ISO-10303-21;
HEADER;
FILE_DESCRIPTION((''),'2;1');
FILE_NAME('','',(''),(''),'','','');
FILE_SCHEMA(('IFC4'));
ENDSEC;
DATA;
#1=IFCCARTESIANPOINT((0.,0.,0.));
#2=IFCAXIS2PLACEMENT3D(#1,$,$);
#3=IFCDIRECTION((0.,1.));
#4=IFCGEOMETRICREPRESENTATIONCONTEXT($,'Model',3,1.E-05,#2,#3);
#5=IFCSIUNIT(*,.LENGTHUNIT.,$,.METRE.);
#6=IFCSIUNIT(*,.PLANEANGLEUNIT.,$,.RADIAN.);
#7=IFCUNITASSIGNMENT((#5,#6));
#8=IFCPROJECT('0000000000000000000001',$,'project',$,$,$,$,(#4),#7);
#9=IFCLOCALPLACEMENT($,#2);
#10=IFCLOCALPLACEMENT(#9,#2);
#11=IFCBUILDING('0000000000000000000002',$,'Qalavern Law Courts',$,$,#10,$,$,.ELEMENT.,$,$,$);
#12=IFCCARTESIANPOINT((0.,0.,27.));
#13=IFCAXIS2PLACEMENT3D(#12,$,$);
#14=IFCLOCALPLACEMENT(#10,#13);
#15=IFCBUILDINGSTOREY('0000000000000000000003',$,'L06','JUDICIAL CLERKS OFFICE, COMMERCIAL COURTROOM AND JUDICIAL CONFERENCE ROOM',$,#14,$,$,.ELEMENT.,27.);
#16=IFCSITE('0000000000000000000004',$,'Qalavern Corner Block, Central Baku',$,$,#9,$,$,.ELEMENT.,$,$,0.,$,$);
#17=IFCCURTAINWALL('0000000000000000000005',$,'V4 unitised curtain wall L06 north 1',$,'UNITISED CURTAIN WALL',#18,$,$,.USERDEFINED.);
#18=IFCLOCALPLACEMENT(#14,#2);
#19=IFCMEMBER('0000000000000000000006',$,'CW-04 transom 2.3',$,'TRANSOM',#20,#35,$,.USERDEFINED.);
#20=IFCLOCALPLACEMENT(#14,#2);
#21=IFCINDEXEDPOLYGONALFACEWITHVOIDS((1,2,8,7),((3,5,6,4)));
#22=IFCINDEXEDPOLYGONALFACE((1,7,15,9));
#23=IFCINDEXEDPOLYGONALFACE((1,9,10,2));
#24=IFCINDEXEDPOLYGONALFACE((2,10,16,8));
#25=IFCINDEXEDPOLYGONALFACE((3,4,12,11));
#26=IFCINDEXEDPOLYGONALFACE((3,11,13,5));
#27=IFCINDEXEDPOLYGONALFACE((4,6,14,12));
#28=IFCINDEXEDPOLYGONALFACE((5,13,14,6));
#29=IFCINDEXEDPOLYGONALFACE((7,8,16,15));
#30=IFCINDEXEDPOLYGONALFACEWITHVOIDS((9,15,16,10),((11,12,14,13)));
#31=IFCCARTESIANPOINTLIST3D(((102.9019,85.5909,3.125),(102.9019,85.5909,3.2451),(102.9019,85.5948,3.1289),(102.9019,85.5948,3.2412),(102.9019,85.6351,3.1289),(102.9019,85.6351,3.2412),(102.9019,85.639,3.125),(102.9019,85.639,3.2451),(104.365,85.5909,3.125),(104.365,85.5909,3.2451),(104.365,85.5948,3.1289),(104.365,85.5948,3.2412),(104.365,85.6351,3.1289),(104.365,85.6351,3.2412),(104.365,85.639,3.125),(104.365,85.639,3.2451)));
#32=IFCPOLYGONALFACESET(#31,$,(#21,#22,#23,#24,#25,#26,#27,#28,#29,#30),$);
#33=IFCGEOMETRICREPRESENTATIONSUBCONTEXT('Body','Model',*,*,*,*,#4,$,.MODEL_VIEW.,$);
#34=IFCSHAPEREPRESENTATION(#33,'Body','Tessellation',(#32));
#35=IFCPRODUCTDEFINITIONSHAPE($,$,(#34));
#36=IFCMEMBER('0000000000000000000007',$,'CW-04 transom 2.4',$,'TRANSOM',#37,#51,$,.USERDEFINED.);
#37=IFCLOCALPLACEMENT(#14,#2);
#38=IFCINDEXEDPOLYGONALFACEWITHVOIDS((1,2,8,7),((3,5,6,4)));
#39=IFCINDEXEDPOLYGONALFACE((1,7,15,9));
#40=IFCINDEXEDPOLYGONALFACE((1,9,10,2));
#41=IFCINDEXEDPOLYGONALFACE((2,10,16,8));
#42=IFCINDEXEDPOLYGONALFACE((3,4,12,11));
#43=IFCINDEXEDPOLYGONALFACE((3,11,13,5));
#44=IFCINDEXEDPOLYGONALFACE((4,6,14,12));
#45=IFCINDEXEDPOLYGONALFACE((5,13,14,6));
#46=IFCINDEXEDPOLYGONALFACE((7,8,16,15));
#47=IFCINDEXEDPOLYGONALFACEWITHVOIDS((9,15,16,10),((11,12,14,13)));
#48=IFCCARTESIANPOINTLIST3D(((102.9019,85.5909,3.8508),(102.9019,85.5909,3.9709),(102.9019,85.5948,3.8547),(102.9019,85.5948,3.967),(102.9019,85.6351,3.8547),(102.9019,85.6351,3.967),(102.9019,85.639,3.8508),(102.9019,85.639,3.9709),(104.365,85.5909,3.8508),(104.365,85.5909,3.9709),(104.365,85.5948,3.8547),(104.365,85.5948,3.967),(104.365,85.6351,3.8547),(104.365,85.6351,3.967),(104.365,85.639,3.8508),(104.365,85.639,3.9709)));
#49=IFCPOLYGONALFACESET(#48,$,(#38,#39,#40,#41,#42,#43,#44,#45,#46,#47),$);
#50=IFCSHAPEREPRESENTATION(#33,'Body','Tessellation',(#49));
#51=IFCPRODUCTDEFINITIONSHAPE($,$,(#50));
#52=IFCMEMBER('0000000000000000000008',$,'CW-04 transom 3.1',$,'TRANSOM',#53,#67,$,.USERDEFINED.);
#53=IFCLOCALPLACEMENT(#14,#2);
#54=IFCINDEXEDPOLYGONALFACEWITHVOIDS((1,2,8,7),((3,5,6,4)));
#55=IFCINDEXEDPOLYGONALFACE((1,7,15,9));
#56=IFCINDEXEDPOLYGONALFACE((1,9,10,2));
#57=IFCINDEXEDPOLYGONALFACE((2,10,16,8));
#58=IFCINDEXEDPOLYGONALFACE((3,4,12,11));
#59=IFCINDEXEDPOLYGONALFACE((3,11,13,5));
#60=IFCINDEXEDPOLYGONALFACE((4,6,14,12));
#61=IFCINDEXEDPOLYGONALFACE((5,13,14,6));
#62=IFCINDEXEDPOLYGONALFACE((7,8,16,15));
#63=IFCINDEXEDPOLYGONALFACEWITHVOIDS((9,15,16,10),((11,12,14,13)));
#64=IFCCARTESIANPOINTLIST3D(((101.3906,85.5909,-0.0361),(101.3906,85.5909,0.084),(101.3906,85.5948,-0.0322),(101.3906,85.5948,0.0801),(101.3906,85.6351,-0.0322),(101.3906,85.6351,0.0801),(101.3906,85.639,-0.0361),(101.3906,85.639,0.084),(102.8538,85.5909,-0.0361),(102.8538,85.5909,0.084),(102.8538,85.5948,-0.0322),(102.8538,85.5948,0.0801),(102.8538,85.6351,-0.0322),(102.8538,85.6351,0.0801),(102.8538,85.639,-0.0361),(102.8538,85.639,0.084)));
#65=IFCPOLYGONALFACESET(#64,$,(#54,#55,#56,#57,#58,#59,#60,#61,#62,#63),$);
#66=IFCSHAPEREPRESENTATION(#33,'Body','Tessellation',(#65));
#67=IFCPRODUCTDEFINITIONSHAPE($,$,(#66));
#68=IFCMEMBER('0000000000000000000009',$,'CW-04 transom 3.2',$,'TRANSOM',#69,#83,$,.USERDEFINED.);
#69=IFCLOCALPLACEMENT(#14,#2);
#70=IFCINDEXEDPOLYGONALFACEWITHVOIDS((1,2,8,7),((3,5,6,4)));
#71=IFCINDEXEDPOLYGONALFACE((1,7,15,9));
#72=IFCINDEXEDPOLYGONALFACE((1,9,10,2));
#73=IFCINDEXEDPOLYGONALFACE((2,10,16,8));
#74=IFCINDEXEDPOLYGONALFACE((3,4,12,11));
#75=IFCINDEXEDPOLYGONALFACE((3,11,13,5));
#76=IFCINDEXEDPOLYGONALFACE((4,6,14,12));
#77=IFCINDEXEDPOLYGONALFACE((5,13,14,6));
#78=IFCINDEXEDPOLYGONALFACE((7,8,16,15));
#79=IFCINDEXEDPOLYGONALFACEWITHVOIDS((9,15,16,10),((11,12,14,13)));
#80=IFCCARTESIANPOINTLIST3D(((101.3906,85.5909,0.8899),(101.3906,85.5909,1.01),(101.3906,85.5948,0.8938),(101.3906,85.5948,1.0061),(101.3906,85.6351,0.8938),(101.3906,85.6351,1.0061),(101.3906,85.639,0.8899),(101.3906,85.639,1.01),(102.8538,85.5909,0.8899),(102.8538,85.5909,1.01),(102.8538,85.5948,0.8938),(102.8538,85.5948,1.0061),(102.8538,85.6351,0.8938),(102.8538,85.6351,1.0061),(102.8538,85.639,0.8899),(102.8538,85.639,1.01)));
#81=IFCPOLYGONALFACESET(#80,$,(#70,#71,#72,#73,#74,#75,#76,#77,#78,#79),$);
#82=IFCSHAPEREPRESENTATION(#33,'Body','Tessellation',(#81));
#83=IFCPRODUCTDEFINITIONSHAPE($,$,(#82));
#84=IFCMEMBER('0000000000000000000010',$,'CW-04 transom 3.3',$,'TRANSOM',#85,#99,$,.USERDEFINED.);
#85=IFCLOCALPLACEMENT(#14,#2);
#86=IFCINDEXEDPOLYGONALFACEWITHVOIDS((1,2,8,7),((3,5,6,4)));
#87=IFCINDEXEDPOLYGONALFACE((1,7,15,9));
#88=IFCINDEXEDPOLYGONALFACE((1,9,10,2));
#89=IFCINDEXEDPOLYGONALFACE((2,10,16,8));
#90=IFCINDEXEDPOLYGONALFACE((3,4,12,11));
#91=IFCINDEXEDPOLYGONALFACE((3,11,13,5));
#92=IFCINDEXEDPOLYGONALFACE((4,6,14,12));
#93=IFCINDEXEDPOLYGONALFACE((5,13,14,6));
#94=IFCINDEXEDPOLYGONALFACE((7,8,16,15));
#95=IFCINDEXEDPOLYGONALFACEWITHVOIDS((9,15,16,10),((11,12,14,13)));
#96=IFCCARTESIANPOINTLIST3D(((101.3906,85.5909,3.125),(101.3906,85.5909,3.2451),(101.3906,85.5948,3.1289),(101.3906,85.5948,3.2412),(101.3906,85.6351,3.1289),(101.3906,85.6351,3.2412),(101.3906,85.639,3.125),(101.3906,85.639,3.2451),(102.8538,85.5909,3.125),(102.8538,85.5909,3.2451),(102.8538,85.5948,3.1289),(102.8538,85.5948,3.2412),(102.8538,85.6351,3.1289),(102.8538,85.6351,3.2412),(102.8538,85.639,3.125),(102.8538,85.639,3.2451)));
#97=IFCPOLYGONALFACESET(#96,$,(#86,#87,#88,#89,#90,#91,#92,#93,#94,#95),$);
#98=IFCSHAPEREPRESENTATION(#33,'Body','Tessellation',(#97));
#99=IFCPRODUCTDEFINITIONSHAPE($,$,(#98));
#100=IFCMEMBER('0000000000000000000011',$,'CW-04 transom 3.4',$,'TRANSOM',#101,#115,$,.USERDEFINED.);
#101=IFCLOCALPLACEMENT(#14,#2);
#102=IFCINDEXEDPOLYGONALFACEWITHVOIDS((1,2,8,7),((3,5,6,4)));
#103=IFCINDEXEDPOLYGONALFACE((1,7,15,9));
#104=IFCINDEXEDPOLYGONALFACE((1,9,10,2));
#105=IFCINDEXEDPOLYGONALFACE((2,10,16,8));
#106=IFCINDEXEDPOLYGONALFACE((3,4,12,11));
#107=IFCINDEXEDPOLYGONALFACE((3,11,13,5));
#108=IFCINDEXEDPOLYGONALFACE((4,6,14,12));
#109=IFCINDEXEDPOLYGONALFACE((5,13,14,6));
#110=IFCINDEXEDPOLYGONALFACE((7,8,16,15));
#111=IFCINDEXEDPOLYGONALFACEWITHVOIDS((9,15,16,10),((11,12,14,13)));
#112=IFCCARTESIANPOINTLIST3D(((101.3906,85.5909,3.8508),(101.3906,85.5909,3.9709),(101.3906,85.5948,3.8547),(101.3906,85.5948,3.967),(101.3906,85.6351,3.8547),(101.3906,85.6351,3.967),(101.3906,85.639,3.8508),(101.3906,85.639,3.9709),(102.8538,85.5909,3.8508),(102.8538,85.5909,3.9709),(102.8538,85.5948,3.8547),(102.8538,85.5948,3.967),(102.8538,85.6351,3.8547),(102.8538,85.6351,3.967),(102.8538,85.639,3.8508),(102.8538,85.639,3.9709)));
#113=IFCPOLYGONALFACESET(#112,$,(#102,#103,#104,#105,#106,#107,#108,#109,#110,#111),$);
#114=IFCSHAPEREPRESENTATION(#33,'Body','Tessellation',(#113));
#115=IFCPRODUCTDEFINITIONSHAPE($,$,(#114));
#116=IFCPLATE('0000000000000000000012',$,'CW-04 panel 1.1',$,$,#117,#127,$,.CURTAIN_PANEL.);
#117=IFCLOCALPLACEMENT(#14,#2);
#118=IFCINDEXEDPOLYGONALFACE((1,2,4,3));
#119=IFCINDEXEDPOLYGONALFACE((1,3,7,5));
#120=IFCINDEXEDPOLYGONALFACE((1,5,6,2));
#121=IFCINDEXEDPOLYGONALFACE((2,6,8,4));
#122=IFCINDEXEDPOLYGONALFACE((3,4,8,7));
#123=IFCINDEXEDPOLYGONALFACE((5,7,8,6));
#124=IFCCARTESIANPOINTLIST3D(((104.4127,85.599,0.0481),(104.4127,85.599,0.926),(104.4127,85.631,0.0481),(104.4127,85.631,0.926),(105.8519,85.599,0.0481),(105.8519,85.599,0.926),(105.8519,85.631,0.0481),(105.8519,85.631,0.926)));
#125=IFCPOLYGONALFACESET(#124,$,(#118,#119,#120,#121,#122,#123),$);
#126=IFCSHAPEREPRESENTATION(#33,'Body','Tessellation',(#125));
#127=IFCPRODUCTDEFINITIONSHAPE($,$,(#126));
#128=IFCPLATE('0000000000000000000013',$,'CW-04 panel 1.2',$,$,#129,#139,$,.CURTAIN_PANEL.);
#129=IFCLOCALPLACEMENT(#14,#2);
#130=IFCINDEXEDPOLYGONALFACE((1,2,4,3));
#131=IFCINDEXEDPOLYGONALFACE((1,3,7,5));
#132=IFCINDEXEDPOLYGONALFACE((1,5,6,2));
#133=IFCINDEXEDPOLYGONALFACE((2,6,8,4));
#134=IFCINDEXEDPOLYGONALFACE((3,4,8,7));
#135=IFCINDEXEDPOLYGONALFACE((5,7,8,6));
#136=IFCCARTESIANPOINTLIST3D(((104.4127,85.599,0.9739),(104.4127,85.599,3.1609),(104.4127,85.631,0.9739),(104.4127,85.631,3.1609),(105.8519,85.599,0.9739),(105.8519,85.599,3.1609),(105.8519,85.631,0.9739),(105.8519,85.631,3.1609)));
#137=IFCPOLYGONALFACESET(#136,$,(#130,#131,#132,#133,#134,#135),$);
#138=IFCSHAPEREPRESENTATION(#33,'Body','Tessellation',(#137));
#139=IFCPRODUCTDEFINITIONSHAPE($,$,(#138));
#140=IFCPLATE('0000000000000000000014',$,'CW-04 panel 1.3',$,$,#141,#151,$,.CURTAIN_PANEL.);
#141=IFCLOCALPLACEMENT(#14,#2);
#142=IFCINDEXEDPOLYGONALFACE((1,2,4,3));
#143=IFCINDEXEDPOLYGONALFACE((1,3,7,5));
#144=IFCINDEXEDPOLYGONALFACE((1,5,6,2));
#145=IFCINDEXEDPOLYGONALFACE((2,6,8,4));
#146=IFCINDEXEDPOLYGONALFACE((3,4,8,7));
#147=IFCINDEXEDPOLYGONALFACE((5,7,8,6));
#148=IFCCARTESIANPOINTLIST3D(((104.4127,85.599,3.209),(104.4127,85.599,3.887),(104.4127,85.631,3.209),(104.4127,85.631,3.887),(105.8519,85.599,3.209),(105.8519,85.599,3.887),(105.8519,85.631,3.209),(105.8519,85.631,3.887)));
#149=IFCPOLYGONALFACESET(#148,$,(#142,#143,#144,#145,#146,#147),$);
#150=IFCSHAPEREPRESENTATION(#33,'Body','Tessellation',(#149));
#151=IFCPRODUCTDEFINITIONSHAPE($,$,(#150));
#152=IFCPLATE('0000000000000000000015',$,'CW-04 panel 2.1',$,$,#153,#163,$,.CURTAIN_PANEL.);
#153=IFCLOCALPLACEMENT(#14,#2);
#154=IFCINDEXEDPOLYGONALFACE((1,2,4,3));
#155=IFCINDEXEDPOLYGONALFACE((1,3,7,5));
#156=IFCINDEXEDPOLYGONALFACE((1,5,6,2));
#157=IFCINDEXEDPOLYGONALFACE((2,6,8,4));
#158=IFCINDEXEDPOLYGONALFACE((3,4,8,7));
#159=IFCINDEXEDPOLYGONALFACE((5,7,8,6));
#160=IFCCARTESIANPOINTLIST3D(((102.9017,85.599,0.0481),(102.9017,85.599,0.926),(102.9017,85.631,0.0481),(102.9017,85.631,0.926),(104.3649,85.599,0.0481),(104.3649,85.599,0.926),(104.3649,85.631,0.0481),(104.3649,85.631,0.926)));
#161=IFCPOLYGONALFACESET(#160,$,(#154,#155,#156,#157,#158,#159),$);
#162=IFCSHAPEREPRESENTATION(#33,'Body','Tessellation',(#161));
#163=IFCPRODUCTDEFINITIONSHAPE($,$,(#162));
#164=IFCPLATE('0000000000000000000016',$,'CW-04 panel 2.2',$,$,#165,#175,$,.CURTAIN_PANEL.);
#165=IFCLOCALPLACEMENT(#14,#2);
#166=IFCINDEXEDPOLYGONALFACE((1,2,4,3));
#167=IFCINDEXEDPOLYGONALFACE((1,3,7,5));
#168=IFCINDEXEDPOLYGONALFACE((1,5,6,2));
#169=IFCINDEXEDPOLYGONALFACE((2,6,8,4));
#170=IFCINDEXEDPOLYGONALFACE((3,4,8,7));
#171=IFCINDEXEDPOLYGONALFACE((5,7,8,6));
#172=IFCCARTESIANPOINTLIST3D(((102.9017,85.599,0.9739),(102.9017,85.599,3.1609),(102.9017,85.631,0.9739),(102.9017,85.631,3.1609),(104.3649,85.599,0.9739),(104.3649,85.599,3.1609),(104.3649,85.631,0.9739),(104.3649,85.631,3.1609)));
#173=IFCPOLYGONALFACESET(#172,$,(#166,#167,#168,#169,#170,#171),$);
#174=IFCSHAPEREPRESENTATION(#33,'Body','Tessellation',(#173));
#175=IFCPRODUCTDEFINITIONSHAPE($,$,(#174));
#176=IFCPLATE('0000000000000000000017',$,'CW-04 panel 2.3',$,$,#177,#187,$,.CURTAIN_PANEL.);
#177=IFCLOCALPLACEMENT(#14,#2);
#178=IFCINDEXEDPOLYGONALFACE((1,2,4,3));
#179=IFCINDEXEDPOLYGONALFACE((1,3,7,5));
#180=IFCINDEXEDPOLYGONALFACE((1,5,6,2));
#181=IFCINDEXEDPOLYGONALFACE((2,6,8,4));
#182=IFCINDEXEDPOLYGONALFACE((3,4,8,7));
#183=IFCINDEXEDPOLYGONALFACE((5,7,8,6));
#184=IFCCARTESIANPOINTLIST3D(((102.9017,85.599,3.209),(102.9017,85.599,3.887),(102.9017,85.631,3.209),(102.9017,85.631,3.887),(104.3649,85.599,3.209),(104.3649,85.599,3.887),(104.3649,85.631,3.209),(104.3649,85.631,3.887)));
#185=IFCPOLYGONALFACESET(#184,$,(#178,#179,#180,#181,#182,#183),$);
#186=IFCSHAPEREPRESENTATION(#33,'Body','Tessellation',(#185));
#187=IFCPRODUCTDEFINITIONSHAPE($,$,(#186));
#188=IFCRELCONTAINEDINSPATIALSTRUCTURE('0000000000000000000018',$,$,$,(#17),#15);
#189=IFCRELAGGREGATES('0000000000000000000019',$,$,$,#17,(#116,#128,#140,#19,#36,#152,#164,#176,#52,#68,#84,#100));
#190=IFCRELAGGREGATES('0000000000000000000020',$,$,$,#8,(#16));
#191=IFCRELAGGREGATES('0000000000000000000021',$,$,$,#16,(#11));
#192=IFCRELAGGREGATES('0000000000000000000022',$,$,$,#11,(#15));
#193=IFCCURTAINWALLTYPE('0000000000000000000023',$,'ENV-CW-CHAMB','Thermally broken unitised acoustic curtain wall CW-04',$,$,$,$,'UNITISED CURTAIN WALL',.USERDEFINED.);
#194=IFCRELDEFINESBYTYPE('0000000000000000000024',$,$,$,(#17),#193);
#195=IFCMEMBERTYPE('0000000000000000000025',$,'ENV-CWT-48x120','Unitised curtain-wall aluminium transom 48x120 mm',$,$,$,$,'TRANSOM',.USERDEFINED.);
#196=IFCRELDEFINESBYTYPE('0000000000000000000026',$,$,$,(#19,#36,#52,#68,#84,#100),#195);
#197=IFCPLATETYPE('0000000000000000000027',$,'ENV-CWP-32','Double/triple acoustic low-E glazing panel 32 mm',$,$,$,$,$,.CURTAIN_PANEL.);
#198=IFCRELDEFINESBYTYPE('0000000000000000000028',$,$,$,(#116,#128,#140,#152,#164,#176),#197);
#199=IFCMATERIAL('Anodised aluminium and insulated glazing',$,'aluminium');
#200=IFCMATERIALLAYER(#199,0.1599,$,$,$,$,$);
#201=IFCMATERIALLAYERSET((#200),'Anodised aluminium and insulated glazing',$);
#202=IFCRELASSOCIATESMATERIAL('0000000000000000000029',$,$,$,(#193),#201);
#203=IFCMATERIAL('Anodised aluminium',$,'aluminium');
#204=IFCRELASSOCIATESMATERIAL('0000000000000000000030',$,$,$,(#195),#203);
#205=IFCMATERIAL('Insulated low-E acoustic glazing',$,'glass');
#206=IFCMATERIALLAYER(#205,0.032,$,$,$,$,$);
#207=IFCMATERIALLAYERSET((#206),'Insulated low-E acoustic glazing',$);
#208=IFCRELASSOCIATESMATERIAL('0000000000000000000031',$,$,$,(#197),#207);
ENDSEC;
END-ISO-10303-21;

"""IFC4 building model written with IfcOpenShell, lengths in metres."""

from ifc_helpers import new_model, si_unit, direction, frame, origin, origin_2d, place, context, subcontext, project, spatial, rectangle, hollow_rectangle, extrude, material, layer, layer_set, material_profile, profile_set, type_object, element, aggregate, save


model = new_model("IFC4")

# Units and contexts
model_context = context("Model", 3, precision=1e-05, world=origin(), true_north=direction((0.0, 1.0)))
body_context = subcontext(model_context, "Body", "Model", "MODEL_VIEW")
ifc_project = project(units=[si_unit("LENGTHUNIT", "METRE"), si_unit("PLANEANGLEUNIT", "RADIAN")], contexts=[model_context])

# Site, building, storey
site_placement = place(None, origin())
site = spatial("IfcSite", under=ifc_project, at=site_placement, Name="Qalavern Corner Block, Central Baku", CompositionType="ELEMENT", RefElevation=0.0)
building_placement = place(site_placement, origin())
building = spatial("IfcBuilding", under=site, at=building_placement, Name="Qalavern Law Courts", CompositionType="ELEMENT")
storey_placement = place(building_placement, frame((0.0, 0.0, 27.0)))
storey = spatial("IfcBuildingStorey", under=building, at=storey_placement, Name="L06", Description="JUDICIAL CLERKS OFFICE, COMMERCIAL COURTROOM AND JUDICIAL CONFERENCE ROOM", CompositionType="ELEMENT", Elevation=27.0)

# Shared definitions
ifc_material_1 = material(Name="Anodised aluminium and insulated glazing", Category="aluminium")
ifc_layer_1 = layer(ifc_material_1, 0.1599)
ifc_layer_set_1 = layer_set([ifc_layer_1], Name="Anodised aluminium and insulated glazing")
curtain_wall_type = type_object("IfcCurtainWallType", Name="ENV-CW-CHAMB", Description="Thermally broken unitised acoustic curtain wall CW-04", ElementType="UNITISED CURTAIN WALL", PredefinedType="USERDEFINED", material=ifc_layer_set_1)
ifc_material_2 = material(Name="Anodised aluminium", Category="aluminium")

# Curtain wall, members, plates
curtain_wall_1_placement = place(storey_placement, origin())
curtain_wall_1 = element("IfcCurtainWall", 1, at=curtain_wall_1_placement, inside=storey, type_object=curtain_wall_type, Name="V4 unitised curtain wall L06 north 1", ObjectType="UNITISED CURTAIN WALL", PredefinedType="USERDEFINED")
ifc_material_profile_1 = material_profile(ifc_material_2, hollow_rectangle(XDim=0.0481, YDim=0.1201, WallThickness=0.0039, at=origin_2d()), Name="ALU TRANSOM 48x120")
ifc_profile_set_1 = profile_set([ifc_material_profile_1], Name="Anodised aluminium")
member_type_1 = type_object("IfcMemberType", Name="ENV-CWT-48x120", Description="Unitised curtain-wall aluminium transom 48x120 mm", ElementType="TRANSOM", PredefinedType="USERDEFINED", material=ifc_profile_set_1)
member_1_placement = place(storey_placement, frame((104.365, 85.615, 3.1851), z_axis=(-1.0, 0.0, 0.0), x_axis=(0.0, -1.0, 0.0)))
member_1 = element("IfcMember", 2, at=member_1_placement, type_object=member_type_1, Name="CW-04 transom 2.3", ObjectType="TRANSOM", PredefinedType="USERDEFINED", context=body_context, shape_type="SweptSolid", body=[
    extrude(hollow_rectangle(XDim=0.0481, YDim=0.1201, WallThickness=0.0039, at=origin_2d()), origin(), (0.0, 0.0, 1.0), 1.4631),
])
member_2_placement = place(storey_placement, frame((104.365, 85.615, 3.9109), z_axis=(-1.0, 0.0, 0.0), x_axis=(0.0, -1.0, 0.0)))
member_2 = element("IfcMember", 3, at=member_2_placement, type_object=member_type_1, Name="CW-04 transom 2.4", ObjectType="TRANSOM", PredefinedType="USERDEFINED", context=body_context, shape_type="SweptSolid", body=[
    extrude(hollow_rectangle(XDim=0.0481, YDim=0.1201, WallThickness=0.0039, at=origin_2d()), origin(), (0.0, 0.0, 1.0), 1.4631),
])
member_3_placement = place(storey_placement, frame((102.8538, 85.615, 0.0239), z_axis=(-1.0, 0.0, 0.0), x_axis=(0.0, -1.0, 0.0)))
member_3 = element("IfcMember", 4, at=member_3_placement, type_object=member_type_1, Name="CW-04 transom 3.1", ObjectType="TRANSOM", PredefinedType="USERDEFINED", context=body_context, shape_type="SweptSolid", body=[
    extrude(hollow_rectangle(XDim=0.0481, YDim=0.1201, WallThickness=0.0039, at=origin_2d()), origin(), (0.0, 0.0, 1.0), 1.4631),
])
member_4_placement = place(storey_placement, frame((102.8538, 85.615, 0.95), z_axis=(-1.0, 0.0, 0.0), x_axis=(0.0, -1.0, 0.0)))
member_4 = element("IfcMember", 5, at=member_4_placement, type_object=member_type_1, Name="CW-04 transom 3.2", ObjectType="TRANSOM", PredefinedType="USERDEFINED", context=body_context, shape_type="SweptSolid", body=[
    extrude(hollow_rectangle(XDim=0.0481, YDim=0.1201, WallThickness=0.0039, at=origin_2d()), origin(), (0.0, 0.0, 1.0), 1.4631),
])
member_5_placement = place(storey_placement, frame((102.8538, 85.615, 3.1851), z_axis=(-1.0, 0.0, 0.0), x_axis=(0.0, -1.0, 0.0)))
member_5 = element("IfcMember", 6, at=member_5_placement, type_object=member_type_1, Name="CW-04 transom 3.3", ObjectType="TRANSOM", PredefinedType="USERDEFINED", context=body_context, shape_type="SweptSolid", body=[
    extrude(hollow_rectangle(XDim=0.0481, YDim=0.1201, WallThickness=0.0039, at=origin_2d()), origin(), (0.0, 0.0, 1.0), 1.4631),
])
member_6_placement = place(storey_placement, frame((102.8538, 85.615, 3.9109), z_axis=(-1.0, 0.0, 0.0), x_axis=(0.0, -1.0, 0.0)))
member_6 = element("IfcMember", 7, at=member_6_placement, type_object=member_type_1, Name="CW-04 transom 3.4", ObjectType="TRANSOM", PredefinedType="USERDEFINED", context=body_context, shape_type="SweptSolid", body=[
    extrude(hollow_rectangle(XDim=0.0481, YDim=0.1201, WallThickness=0.0039, at=origin_2d()), origin(), (0.0, 0.0, 1.0), 1.4631),
])
ifc_material_3 = material(Name="Insulated low-E acoustic glazing", Category="glass")
ifc_layer_2 = layer(ifc_material_3, 0.032)
ifc_layer_set_2 = layer_set([ifc_layer_2], Name="Insulated low-E acoustic glazing")
plate_type = type_object("IfcPlateType", Name="ENV-CWP-32", Description="Double/triple acoustic low-E glazing panel 32 mm", PredefinedType="CURTAIN_PANEL", material=ifc_layer_set_2)
plate_1_placement = place(storey_placement, frame((105.1323, 85.615, 0.0481), z_axis=(0.0, 0.0, 1.0), x_axis=(-1.0, 0.0, 0.0)))
plate_1 = element("IfcPlate", 8, at=plate_1_placement, type_object=plate_type, Name="CW-04 panel 1.1", PredefinedType="CURTAIN_PANEL", context=body_context, shape_type="SweptSolid", body=[
    extrude(rectangle(XDim=1.4392, YDim=0.032, at=origin_2d()), origin(), (0.0, 0.0, 1.0), 0.8779),
])
plate_2_placement = place(storey_placement, frame((105.1323, 85.615, 0.9739), z_axis=(0.0, 0.0, 1.0), x_axis=(-1.0, 0.0, 0.0)))
plate_2 = element("IfcPlate", 9, at=plate_2_placement, type_object=plate_type, Name="CW-04 panel 1.2", PredefinedType="CURTAIN_PANEL", context=body_context, shape_type="SweptSolid", body=[
    extrude(rectangle(XDim=1.4392, YDim=0.032, at=origin_2d()), origin(), (0.0, 0.0, 1.0), 2.187),
])
plate_3_placement = place(storey_placement, frame((105.1323, 85.615, 3.209), z_axis=(0.0, 0.0, 1.0), x_axis=(-1.0, 0.0, 0.0)))
plate_3 = element("IfcPlate", 10, at=plate_3_placement, type_object=plate_type, Name="CW-04 panel 1.3", PredefinedType="CURTAIN_PANEL", context=body_context, shape_type="SweptSolid", body=[
    extrude(rectangle(XDim=1.4392, YDim=0.032, at=origin_2d()), origin(), (0.0, 0.0, 1.0), 0.678),
])
plate_4_placement = place(storey_placement, frame((103.6333, 85.615, 0.0481), z_axis=(0.0, 0.0, 1.0), x_axis=(-1.0, 0.0, 0.0)))
plate_4 = element("IfcPlate", 11, at=plate_4_placement, type_object=plate_type, Name="CW-04 panel 2.1", PredefinedType="CURTAIN_PANEL", context=body_context, shape_type="SweptSolid", body=[
    extrude(rectangle(XDim=1.4631, YDim=0.032, at=origin_2d()), origin(), (0.0, 0.0, 1.0), 0.8779),
])
plate_5_placement = place(storey_placement, frame((103.6333, 85.615, 0.9739), z_axis=(0.0, 0.0, 1.0), x_axis=(-1.0, 0.0, 0.0)))
plate_5 = element("IfcPlate", 12, at=plate_5_placement, type_object=plate_type, Name="CW-04 panel 2.2", PredefinedType="CURTAIN_PANEL", context=body_context, shape_type="SweptSolid", body=[
    extrude(rectangle(XDim=1.4631, YDim=0.032, at=origin_2d()), origin(), (0.0, 0.0, 1.0), 2.187),
])
plate_6_placement = place(storey_placement, frame((103.6333, 85.615, 3.209), z_axis=(0.0, 0.0, 1.0), x_axis=(-1.0, 0.0, 0.0)))
plate_6 = element("IfcPlate", 13, at=plate_6_placement, type_object=plate_type, Name="CW-04 panel 2.3", PredefinedType="CURTAIN_PANEL", context=body_context, shape_type="SweptSolid", body=[
    extrude(rectangle(XDim=1.4631, YDim=0.032, at=origin_2d()), origin(), (0.0, 0.0, 1.0), 0.678),
])
aggregate(curtain_wall_1, [plate_1, plate_2, plate_3, member_1, member_2, plate_4, plate_5, plate_6, member_3, member_4, member_5, member_6])

save(model, "model.ifc")
